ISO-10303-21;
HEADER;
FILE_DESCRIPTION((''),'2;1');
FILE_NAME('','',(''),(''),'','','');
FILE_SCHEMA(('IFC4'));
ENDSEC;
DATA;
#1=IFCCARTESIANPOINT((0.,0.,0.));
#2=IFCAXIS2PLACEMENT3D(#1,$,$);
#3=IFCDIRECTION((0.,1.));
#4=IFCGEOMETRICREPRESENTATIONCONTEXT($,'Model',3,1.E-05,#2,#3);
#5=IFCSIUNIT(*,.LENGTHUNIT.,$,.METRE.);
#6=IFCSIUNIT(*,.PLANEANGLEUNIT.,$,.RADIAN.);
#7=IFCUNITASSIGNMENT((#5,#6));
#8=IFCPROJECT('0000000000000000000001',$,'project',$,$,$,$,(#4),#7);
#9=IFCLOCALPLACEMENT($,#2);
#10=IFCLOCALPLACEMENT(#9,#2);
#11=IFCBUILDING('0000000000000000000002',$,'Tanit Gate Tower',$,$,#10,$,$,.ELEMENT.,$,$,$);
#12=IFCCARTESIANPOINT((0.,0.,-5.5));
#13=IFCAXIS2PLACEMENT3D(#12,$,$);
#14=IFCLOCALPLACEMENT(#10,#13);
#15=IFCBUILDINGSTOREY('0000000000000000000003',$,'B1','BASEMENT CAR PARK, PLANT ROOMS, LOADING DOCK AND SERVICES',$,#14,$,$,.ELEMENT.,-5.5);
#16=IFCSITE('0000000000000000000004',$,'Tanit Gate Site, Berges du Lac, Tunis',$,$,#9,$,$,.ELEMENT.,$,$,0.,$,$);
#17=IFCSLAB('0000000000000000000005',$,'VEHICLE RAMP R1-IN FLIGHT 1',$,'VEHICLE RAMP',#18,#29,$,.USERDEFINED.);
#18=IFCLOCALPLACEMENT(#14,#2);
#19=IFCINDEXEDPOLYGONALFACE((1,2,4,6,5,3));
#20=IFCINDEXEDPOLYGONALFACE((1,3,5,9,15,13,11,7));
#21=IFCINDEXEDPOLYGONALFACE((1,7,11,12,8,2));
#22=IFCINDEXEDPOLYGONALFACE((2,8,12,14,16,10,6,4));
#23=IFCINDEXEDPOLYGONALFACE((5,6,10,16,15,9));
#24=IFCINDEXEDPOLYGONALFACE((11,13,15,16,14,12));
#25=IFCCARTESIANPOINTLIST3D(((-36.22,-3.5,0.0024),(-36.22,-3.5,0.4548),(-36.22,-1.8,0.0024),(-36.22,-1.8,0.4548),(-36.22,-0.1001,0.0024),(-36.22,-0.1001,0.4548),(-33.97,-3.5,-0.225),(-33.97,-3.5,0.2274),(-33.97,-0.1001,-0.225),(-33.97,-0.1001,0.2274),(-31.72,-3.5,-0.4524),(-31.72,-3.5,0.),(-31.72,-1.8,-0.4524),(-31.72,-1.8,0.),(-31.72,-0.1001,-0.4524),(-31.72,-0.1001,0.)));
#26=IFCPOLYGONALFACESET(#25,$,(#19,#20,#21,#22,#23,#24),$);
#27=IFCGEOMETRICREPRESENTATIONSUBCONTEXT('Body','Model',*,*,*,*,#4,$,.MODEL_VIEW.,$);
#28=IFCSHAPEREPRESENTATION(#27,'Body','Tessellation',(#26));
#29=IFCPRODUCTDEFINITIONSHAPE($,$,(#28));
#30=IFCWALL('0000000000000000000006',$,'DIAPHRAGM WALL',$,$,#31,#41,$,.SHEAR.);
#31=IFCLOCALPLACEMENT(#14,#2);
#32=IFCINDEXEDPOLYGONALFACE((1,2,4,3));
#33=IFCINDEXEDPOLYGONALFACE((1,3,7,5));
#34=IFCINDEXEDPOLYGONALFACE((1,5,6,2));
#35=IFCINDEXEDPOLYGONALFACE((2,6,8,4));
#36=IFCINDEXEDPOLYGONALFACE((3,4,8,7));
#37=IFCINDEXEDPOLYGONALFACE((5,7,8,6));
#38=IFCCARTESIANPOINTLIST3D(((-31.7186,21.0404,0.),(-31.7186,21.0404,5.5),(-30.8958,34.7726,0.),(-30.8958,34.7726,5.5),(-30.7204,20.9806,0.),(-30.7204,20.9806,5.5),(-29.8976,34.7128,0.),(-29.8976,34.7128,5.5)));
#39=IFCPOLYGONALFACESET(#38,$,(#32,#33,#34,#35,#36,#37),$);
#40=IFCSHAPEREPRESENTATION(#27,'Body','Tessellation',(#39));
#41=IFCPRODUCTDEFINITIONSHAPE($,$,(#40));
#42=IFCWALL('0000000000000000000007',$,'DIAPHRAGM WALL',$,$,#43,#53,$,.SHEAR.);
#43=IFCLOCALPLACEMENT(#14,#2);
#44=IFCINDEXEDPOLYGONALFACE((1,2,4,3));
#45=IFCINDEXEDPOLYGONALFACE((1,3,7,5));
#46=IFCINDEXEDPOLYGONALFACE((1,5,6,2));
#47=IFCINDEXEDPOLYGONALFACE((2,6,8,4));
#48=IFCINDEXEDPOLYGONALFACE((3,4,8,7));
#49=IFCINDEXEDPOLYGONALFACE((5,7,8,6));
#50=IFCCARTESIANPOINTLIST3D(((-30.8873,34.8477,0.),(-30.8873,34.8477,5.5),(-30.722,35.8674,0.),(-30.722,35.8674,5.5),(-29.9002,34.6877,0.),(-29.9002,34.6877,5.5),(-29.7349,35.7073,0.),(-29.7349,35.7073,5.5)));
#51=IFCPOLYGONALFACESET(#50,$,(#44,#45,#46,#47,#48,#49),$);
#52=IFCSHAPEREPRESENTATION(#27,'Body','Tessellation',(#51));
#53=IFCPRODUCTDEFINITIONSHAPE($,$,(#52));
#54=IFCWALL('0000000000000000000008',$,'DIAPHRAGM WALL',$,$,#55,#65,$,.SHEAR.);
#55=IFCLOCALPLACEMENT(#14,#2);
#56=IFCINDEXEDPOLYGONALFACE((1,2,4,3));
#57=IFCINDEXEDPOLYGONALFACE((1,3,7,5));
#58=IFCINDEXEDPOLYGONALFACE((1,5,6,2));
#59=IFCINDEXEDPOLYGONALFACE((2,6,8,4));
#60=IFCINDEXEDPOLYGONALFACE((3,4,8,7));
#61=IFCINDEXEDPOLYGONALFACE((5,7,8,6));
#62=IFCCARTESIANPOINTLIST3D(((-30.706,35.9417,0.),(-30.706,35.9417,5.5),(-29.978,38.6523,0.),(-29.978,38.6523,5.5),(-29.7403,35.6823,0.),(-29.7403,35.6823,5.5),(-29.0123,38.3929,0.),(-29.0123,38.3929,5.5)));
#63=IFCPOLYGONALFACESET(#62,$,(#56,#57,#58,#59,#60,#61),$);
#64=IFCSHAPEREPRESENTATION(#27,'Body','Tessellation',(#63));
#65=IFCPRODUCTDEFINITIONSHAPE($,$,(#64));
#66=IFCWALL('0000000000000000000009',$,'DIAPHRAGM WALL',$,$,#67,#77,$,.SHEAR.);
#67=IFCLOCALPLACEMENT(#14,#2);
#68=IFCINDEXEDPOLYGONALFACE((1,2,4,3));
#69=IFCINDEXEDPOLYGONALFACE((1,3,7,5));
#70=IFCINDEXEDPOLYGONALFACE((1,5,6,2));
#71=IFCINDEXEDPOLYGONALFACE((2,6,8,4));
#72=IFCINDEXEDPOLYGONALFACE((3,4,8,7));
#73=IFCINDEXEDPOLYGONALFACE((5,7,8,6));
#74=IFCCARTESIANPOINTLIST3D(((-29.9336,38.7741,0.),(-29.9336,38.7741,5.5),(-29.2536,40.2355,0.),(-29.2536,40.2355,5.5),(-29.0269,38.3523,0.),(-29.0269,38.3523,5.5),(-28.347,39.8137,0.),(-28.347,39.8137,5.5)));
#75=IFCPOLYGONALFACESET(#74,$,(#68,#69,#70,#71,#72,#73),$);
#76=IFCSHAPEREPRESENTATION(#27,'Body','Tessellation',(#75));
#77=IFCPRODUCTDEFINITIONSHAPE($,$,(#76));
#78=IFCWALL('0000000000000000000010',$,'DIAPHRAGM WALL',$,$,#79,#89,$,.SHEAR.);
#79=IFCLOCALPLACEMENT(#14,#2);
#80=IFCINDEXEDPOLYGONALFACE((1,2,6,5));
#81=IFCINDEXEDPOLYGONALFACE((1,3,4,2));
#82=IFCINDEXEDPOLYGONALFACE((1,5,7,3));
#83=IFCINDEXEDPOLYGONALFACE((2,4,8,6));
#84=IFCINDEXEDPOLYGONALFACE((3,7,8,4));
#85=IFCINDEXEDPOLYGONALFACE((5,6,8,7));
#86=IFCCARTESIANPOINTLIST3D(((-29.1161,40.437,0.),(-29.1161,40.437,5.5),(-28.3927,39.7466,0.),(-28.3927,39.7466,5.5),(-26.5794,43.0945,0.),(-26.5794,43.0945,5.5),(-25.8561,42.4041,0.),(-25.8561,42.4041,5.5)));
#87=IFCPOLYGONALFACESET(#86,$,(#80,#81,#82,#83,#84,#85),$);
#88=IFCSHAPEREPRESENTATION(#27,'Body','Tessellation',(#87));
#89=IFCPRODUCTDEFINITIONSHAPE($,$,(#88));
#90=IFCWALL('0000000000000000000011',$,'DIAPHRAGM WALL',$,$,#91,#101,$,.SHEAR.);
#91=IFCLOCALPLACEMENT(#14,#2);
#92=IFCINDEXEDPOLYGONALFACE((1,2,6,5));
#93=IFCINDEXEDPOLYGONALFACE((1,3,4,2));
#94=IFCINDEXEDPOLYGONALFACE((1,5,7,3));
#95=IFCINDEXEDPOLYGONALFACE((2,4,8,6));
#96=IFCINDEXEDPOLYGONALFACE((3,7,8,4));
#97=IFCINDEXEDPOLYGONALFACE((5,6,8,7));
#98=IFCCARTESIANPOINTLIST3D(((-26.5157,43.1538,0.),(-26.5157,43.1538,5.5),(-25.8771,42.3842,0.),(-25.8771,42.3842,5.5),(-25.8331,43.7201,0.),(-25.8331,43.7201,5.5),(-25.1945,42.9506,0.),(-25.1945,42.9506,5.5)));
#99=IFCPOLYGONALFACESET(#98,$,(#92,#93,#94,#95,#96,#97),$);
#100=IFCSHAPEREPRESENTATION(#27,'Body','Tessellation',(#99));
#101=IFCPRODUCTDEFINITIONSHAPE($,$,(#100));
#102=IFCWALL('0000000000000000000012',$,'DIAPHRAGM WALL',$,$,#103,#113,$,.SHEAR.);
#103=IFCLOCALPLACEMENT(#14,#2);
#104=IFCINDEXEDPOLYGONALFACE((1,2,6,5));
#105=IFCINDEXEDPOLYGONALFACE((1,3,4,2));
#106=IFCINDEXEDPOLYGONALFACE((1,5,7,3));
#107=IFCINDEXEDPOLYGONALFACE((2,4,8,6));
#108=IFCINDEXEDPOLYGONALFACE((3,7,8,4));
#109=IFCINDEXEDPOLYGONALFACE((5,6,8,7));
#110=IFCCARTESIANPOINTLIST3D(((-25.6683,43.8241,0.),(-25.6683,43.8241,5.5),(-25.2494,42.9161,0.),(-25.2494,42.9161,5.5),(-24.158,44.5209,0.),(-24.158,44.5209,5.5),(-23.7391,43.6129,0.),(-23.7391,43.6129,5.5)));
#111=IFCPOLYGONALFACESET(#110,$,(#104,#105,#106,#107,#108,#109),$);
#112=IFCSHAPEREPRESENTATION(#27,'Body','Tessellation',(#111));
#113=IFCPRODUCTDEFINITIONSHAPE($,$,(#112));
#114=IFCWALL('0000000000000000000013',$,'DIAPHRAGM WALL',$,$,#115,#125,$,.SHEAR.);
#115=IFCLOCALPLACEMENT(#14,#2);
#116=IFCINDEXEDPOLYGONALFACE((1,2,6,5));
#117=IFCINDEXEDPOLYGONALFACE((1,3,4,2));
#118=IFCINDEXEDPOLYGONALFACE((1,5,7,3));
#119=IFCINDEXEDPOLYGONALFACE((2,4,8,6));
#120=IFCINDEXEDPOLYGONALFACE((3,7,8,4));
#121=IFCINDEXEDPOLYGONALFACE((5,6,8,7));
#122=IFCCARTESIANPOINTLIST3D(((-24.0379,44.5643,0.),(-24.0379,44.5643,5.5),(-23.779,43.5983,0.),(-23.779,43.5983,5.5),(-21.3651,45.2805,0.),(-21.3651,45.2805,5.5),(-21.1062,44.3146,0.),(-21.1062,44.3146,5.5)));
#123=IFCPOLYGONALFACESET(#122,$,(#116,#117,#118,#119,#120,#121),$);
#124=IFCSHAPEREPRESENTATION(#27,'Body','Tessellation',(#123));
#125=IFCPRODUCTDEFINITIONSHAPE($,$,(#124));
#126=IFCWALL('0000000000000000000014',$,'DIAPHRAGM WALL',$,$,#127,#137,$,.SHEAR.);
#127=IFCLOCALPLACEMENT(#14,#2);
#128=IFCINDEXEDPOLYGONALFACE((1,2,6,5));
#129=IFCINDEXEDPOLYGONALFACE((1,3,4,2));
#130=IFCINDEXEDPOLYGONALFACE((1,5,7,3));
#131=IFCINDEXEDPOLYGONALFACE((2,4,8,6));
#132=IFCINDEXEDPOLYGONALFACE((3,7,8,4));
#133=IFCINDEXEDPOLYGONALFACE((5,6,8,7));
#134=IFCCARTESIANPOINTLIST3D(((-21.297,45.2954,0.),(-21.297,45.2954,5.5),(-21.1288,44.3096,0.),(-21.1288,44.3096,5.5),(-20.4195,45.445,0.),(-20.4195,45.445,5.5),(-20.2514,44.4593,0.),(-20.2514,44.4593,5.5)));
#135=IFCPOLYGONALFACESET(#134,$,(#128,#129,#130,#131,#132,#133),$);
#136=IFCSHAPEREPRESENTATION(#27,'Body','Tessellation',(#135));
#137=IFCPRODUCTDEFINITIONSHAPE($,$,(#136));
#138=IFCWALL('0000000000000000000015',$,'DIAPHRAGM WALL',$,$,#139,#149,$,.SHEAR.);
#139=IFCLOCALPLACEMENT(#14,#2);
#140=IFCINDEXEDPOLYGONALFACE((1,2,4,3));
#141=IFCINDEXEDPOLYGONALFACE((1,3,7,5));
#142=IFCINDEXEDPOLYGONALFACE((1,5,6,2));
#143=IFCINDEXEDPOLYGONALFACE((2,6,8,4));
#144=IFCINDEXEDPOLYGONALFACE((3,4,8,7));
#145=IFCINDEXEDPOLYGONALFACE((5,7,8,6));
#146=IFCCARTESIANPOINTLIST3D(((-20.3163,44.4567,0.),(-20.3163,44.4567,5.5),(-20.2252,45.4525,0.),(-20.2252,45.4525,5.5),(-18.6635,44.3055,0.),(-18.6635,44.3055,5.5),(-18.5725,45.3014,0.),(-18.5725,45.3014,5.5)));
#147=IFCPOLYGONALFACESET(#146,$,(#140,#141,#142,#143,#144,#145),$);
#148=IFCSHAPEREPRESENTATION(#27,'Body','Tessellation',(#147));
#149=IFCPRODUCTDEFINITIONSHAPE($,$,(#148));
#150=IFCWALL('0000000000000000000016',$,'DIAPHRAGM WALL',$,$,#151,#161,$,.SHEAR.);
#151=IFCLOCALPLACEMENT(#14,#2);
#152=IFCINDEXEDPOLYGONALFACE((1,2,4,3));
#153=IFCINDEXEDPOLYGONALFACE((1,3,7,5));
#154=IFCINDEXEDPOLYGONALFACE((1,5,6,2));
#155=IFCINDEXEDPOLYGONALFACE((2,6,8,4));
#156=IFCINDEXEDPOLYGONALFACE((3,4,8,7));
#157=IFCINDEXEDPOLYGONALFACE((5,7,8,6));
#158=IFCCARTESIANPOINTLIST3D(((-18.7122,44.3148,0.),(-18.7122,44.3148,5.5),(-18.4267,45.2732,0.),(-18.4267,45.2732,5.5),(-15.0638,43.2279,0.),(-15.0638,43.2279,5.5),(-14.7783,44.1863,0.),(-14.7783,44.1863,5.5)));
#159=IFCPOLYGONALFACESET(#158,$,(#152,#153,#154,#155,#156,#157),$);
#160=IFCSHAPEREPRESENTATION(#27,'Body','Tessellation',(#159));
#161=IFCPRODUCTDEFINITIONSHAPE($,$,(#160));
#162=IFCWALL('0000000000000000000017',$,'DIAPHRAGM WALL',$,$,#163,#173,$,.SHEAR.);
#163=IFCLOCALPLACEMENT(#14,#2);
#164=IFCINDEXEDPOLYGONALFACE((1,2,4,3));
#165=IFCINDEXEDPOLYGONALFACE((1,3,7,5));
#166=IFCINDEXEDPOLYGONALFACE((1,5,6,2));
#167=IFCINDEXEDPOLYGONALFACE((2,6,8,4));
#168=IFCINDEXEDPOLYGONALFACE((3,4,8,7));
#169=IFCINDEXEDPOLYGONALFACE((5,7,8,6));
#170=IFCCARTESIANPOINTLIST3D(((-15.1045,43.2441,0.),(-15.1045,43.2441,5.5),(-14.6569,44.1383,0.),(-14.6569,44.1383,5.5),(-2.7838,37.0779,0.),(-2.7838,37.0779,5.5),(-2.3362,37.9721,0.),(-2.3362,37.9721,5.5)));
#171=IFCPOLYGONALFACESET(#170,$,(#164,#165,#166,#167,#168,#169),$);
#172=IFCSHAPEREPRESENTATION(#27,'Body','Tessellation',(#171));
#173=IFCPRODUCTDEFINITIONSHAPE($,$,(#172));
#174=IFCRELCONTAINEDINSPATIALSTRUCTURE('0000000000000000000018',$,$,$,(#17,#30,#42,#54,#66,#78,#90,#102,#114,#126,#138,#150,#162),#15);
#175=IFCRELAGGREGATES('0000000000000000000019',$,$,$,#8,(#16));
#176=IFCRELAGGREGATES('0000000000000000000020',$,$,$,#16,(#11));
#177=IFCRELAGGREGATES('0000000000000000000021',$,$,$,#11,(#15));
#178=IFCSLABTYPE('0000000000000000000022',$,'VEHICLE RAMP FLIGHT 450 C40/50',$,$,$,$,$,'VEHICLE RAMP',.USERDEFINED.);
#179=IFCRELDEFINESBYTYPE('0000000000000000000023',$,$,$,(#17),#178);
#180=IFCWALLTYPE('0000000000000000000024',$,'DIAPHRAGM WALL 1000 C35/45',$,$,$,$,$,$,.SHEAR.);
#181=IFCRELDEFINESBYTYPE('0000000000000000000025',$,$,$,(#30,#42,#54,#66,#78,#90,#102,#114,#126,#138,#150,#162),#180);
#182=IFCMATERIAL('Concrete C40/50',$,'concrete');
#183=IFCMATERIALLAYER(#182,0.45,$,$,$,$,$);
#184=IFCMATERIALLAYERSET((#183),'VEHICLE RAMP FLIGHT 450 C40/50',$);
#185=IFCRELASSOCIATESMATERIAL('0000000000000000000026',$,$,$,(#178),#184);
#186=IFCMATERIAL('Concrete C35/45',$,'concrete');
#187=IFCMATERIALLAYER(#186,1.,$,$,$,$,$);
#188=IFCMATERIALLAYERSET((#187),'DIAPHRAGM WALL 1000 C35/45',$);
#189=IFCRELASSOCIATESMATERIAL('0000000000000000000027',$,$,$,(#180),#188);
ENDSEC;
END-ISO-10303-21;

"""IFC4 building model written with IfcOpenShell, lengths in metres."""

from ifc_helpers import new_model, si_unit, direction, frame, frame_2d, origin, place, context, subcontext, project, spatial, polyline, rectangle, outline, extrude, material, layer, layer_set, type_object, element, save


model = new_model("IFC4")

# Units and contexts
model_context = context("Model", 3, precision=1e-05, world=origin(), true_north=direction((0.0, 1.0)))
body_context = subcontext(model_context, "Body", "Model", "MODEL_VIEW")
ifc_project = project(units=[si_unit("LENGTHUNIT", "METRE"), si_unit("PLANEANGLEUNIT", "RADIAN")], contexts=[model_context])

# Site, building, storey
site_placement = place(None, origin())
site = spatial("IfcSite", under=ifc_project, at=site_placement, Name="Tanit Gate Site, Berges du Lac, Tunis", CompositionType="ELEMENT", RefElevation=0.0)
building_placement = place(site_placement, origin())
building = spatial("IfcBuilding", under=site, at=building_placement, Name="Tanit Gate Tower", CompositionType="ELEMENT")
storey_placement = place(building_placement, frame((0.0, 0.0, -5.5)))
storey = spatial("IfcBuildingStorey", under=building, at=storey_placement, Name="B1", Description="BASEMENT CAR PARK, PLANT ROOMS, LOADING DOCK AND SERVICES", CompositionType="ELEMENT", Elevation=-5.5)

# Slab
ifc_material_1 = material(Name="Concrete C40/50", Category="concrete")
ifc_layer_1 = layer(ifc_material_1, 0.45)
ifc_layer_set_1 = layer_set([ifc_layer_1], Name="VEHICLE RAMP FLIGHT 450 C40/50")
slab_type = type_object("IfcSlabType", Name="VEHICLE RAMP FLIGHT 450 C40/50", ElementType="VEHICLE RAMP", PredefinedType="USERDEFINED", material=ifc_layer_set_1)
slab_1_placement = place(storey_placement, frame((-31.72, -3.5, 0.0), z_axis=(0.100562, 0.0, 0.994931), x_axis=(-0.994931, 0.0, 0.100562)))
element("IfcSlab", 1, at=slab_1_placement, inside=storey, type_object=slab_type, Name="VEHICLE RAMP R1-IN FLIGHT 1", ObjectType="VEHICLE RAMP", PredefinedType="USERDEFINED", context=body_context, shape_type="SweptSolid", body=[
    extrude(outline(polyline([(0.0, 0.0), (2.2615, 0.0), (4.5229, 0.0), (4.5229, -1.7), (4.5229, -3.3999), (2.2615, -3.3999), (0.0, -3.3999), (0.0, -1.7), (0.0, 0.0)])), origin(), (-0.100562, 0.0, -0.994931), 0.4524),
])

# Walls
ifc_material_2 = material(Name="Concrete C35/45", Category="concrete")
ifc_layer_2 = layer(ifc_material_2, 1.0)
ifc_layer_set_2 = layer_set([ifc_layer_2], Name="DIAPHRAGM WALL 1000 C35/45")
wall_type_1 = type_object("IfcWallType", Name="DIAPHRAGM WALL 1000 C35/45", PredefinedType="SHEAR", material=ifc_layer_set_2)
wall_1_placement = place(storey_placement, frame((-31.2195, 21.0105, 0.0), z_axis=(0.0, 0.0, 1.0), x_axis=(0.059807, 0.99821, 0.0)))
element("IfcWall", 2, at=wall_1_placement, inside=storey, type_object=wall_type_1, Name="DIAPHRAGM WALL", PredefinedType="SHEAR", context=body_context, shape_type="SweptSolid", body=[
    extrude(rectangle(XDim=13.7568, YDim=1.0, at=frame_2d((6.8784, 0.0))), origin(), (0.0, 0.0, 1.0), 5.5),
])
wall_2_placement = place(storey_placement, frame((-30.3938, 34.7676, 0.0), z_axis=(0.0, 0.0, 1.0), x_axis=(0.160028, 0.987113, 0.0)))
element("IfcWall", 3, at=wall_2_placement, inside=storey, type_object=wall_type_1, Name="DIAPHRAGM WALL", PredefinedType="SHEAR", context=body_context, shape_type="SweptSolid", body=[
    extrude(rectangle(XDim=1.033, YDim=1.0, at=frame_2d((0.5166, 0.0))), origin(), (0.0, 0.0, 1.0), 5.5),
])
wall_3_placement = place(storey_placement, frame((-30.2231, 35.812, 0.0), z_axis=(0.0, 0.0, 1.0), x_axis=(0.259384, 0.965774, 0.0)))
element("IfcWall", 4, at=wall_3_placement, inside=storey, type_object=wall_type_1, Name="DIAPHRAGM WALL", PredefinedType="SHEAR", context=body_context, shape_type="SweptSolid", body=[
    extrude(rectangle(XDim=2.8066, YDim=1.0, at=frame_2d((1.4033, 0.0))), origin(), (0.0, 0.0, 1.0), 5.5),
])
wall_4_placement = place(storey_placement, frame((-29.4802, 38.5632, 0.0), z_axis=(0.0, 0.0, 1.0), x_axis=(0.421832, 0.906674, 0.0)))
element("IfcWall", 5, at=wall_4_placement, inside=storey, type_object=wall_type_1, Name="DIAPHRAGM WALL", PredefinedType="SHEAR", context=body_context, shape_type="SweptSolid", body=[
    extrude(rectangle(XDim=1.6118, YDim=1.0, at=frame_2d((0.8059, 0.0))), origin(), (0.0, 0.0, 1.0), 5.5),
])
wall_5_placement = place(storey_placement, frame((-28.7544, 40.0918, 0.0), z_axis=(0.0, 0.0, 1.0), x_axis=(0.690468, 0.723363, 0.0)))
element("IfcWall", 6, at=wall_5_placement, inside=storey, type_object=wall_type_1, Name="DIAPHRAGM WALL", PredefinedType="SHEAR", context=body_context, shape_type="SweptSolid", body=[
    extrude(rectangle(XDim=3.6738, YDim=1.0, at=frame_2d((1.8369, 0.0))), origin(), (0.0, 0.0, 1.0), 5.5),
])
wall_6_placement = place(storey_placement, frame((-26.1963, 42.769, 0.0), z_axis=(0.0, 0.0, 1.0), x_axis=(0.769573, 0.638559, 0.0)))
element("IfcWall", 7, at=wall_6_placement, inside=storey, type_object=wall_type_1, Name="DIAPHRAGM WALL", PredefinedType="SHEAR", context=body_context, shape_type="SweptSolid", body=[
    extrude(rectangle(XDim=0.887, YDim=1.0, at=frame_2d((0.4434, 0.0))), origin(), (0.0, 0.0, 1.0), 5.5),
])
wall_7_placement = place(storey_placement, frame((-25.4587, 43.3701, 0.0), z_axis=(0.0, 0.0, 1.0), x_axis=(0.90802, 0.418928, 0.0)))
element("IfcWall", 8, at=wall_7_placement, inside=storey, type_object=wall_type_1, Name="DIAPHRAGM WALL", PredefinedType="SHEAR", context=body_context, shape_type="SweptSolid", body=[
    extrude(rectangle(XDim=1.6633, YDim=1.0, at=frame_2d((0.8315, 0.0))), origin(), (0.0, 0.0, 1.0), 5.5),
])
wall_8_placement = place(storey_placement, frame((-23.9084, 44.0813, 0.0), z_axis=(0.0, 0.0, 1.0), x_axis=(0.965915, 0.25886, 0.0)))
element("IfcWall", 9, at=wall_8_placement, inside=storey, type_object=wall_type_1, Name="DIAPHRAGM WALL", PredefinedType="SHEAR", context=body_context, shape_type="SweptSolid", body=[
    extrude(rectangle(XDim=2.7671, YDim=1.0, at=frame_2d((1.3835, 0.0))), origin(), (0.0, 0.0, 1.0), 5.5),
])
wall_9_placement = place(storey_placement, frame((-21.2129, 44.8025, 0.0), z_axis=(0.0, 0.0, 1.0), x_axis=(0.985764, 0.168134, 0.0)))
element("IfcWall", 10, at=wall_9_placement, inside=storey, type_object=wall_type_1, Name="DIAPHRAGM WALL", PredefinedType="SHEAR", context=body_context, shape_type="SweptSolid", body=[
    extrude(rectangle(XDim=0.8901, YDim=1.0, at=frame_2d((0.4451, 0.0))), origin(), (0.0, 0.0, 1.0), 5.5),
])
wall_10_placement = place(storey_placement, frame((-20.2708, 44.9546, 0.0), z_axis=(0.0, 0.0, 1.0), x_axis=(0.995846, -0.091053, 0.0)))
element("IfcWall", 11, at=wall_10_placement, inside=storey, type_object=wall_type_1, Name="DIAPHRAGM WALL", PredefinedType="SHEAR", context=body_context, shape_type="SweptSolid", body=[
    extrude(rectangle(XDim=1.6597, YDim=1.0, at=frame_2d((0.8298, 0.0))), origin(), (0.0, 0.0, 1.0), 5.5),
])
wall_11_placement = place(storey_placement, frame((-18.5693, 44.7939, 0.0), z_axis=(0.0, 0.0, 1.0), x_axis=(0.958375, -0.285512, 0.0)))
element("IfcWall", 12, at=wall_11_placement, inside=storey, type_object=wall_type_1, Name="DIAPHRAGM WALL", PredefinedType="SHEAR", context=body_context, shape_type="SweptSolid", body=[
    extrude(rectangle(XDim=3.8069, YDim=1.0, at=frame_2d((1.9033, 0.0))), origin(), (0.0, 0.0, 1.0), 5.5),
])
wall_12_placement = place(storey_placement, frame((-14.8806, 43.6912, 0.0), z_axis=(0.0, 0.0, 1.0), x_axis=(0.894257, -0.447554, 0.0)))
element("IfcWall", 13, at=wall_12_placement, inside=storey, type_object=wall_type_1, Name="DIAPHRAGM WALL", PredefinedType="SHEAR", context=body_context, shape_type="SweptSolid", body=[
    extrude(rectangle(XDim=13.7776, YDim=1.0, at=frame_2d((6.8887, 0.0))), origin(), (0.0, 0.0, 1.0), 5.5),
])

save(model, "model.ifc")
